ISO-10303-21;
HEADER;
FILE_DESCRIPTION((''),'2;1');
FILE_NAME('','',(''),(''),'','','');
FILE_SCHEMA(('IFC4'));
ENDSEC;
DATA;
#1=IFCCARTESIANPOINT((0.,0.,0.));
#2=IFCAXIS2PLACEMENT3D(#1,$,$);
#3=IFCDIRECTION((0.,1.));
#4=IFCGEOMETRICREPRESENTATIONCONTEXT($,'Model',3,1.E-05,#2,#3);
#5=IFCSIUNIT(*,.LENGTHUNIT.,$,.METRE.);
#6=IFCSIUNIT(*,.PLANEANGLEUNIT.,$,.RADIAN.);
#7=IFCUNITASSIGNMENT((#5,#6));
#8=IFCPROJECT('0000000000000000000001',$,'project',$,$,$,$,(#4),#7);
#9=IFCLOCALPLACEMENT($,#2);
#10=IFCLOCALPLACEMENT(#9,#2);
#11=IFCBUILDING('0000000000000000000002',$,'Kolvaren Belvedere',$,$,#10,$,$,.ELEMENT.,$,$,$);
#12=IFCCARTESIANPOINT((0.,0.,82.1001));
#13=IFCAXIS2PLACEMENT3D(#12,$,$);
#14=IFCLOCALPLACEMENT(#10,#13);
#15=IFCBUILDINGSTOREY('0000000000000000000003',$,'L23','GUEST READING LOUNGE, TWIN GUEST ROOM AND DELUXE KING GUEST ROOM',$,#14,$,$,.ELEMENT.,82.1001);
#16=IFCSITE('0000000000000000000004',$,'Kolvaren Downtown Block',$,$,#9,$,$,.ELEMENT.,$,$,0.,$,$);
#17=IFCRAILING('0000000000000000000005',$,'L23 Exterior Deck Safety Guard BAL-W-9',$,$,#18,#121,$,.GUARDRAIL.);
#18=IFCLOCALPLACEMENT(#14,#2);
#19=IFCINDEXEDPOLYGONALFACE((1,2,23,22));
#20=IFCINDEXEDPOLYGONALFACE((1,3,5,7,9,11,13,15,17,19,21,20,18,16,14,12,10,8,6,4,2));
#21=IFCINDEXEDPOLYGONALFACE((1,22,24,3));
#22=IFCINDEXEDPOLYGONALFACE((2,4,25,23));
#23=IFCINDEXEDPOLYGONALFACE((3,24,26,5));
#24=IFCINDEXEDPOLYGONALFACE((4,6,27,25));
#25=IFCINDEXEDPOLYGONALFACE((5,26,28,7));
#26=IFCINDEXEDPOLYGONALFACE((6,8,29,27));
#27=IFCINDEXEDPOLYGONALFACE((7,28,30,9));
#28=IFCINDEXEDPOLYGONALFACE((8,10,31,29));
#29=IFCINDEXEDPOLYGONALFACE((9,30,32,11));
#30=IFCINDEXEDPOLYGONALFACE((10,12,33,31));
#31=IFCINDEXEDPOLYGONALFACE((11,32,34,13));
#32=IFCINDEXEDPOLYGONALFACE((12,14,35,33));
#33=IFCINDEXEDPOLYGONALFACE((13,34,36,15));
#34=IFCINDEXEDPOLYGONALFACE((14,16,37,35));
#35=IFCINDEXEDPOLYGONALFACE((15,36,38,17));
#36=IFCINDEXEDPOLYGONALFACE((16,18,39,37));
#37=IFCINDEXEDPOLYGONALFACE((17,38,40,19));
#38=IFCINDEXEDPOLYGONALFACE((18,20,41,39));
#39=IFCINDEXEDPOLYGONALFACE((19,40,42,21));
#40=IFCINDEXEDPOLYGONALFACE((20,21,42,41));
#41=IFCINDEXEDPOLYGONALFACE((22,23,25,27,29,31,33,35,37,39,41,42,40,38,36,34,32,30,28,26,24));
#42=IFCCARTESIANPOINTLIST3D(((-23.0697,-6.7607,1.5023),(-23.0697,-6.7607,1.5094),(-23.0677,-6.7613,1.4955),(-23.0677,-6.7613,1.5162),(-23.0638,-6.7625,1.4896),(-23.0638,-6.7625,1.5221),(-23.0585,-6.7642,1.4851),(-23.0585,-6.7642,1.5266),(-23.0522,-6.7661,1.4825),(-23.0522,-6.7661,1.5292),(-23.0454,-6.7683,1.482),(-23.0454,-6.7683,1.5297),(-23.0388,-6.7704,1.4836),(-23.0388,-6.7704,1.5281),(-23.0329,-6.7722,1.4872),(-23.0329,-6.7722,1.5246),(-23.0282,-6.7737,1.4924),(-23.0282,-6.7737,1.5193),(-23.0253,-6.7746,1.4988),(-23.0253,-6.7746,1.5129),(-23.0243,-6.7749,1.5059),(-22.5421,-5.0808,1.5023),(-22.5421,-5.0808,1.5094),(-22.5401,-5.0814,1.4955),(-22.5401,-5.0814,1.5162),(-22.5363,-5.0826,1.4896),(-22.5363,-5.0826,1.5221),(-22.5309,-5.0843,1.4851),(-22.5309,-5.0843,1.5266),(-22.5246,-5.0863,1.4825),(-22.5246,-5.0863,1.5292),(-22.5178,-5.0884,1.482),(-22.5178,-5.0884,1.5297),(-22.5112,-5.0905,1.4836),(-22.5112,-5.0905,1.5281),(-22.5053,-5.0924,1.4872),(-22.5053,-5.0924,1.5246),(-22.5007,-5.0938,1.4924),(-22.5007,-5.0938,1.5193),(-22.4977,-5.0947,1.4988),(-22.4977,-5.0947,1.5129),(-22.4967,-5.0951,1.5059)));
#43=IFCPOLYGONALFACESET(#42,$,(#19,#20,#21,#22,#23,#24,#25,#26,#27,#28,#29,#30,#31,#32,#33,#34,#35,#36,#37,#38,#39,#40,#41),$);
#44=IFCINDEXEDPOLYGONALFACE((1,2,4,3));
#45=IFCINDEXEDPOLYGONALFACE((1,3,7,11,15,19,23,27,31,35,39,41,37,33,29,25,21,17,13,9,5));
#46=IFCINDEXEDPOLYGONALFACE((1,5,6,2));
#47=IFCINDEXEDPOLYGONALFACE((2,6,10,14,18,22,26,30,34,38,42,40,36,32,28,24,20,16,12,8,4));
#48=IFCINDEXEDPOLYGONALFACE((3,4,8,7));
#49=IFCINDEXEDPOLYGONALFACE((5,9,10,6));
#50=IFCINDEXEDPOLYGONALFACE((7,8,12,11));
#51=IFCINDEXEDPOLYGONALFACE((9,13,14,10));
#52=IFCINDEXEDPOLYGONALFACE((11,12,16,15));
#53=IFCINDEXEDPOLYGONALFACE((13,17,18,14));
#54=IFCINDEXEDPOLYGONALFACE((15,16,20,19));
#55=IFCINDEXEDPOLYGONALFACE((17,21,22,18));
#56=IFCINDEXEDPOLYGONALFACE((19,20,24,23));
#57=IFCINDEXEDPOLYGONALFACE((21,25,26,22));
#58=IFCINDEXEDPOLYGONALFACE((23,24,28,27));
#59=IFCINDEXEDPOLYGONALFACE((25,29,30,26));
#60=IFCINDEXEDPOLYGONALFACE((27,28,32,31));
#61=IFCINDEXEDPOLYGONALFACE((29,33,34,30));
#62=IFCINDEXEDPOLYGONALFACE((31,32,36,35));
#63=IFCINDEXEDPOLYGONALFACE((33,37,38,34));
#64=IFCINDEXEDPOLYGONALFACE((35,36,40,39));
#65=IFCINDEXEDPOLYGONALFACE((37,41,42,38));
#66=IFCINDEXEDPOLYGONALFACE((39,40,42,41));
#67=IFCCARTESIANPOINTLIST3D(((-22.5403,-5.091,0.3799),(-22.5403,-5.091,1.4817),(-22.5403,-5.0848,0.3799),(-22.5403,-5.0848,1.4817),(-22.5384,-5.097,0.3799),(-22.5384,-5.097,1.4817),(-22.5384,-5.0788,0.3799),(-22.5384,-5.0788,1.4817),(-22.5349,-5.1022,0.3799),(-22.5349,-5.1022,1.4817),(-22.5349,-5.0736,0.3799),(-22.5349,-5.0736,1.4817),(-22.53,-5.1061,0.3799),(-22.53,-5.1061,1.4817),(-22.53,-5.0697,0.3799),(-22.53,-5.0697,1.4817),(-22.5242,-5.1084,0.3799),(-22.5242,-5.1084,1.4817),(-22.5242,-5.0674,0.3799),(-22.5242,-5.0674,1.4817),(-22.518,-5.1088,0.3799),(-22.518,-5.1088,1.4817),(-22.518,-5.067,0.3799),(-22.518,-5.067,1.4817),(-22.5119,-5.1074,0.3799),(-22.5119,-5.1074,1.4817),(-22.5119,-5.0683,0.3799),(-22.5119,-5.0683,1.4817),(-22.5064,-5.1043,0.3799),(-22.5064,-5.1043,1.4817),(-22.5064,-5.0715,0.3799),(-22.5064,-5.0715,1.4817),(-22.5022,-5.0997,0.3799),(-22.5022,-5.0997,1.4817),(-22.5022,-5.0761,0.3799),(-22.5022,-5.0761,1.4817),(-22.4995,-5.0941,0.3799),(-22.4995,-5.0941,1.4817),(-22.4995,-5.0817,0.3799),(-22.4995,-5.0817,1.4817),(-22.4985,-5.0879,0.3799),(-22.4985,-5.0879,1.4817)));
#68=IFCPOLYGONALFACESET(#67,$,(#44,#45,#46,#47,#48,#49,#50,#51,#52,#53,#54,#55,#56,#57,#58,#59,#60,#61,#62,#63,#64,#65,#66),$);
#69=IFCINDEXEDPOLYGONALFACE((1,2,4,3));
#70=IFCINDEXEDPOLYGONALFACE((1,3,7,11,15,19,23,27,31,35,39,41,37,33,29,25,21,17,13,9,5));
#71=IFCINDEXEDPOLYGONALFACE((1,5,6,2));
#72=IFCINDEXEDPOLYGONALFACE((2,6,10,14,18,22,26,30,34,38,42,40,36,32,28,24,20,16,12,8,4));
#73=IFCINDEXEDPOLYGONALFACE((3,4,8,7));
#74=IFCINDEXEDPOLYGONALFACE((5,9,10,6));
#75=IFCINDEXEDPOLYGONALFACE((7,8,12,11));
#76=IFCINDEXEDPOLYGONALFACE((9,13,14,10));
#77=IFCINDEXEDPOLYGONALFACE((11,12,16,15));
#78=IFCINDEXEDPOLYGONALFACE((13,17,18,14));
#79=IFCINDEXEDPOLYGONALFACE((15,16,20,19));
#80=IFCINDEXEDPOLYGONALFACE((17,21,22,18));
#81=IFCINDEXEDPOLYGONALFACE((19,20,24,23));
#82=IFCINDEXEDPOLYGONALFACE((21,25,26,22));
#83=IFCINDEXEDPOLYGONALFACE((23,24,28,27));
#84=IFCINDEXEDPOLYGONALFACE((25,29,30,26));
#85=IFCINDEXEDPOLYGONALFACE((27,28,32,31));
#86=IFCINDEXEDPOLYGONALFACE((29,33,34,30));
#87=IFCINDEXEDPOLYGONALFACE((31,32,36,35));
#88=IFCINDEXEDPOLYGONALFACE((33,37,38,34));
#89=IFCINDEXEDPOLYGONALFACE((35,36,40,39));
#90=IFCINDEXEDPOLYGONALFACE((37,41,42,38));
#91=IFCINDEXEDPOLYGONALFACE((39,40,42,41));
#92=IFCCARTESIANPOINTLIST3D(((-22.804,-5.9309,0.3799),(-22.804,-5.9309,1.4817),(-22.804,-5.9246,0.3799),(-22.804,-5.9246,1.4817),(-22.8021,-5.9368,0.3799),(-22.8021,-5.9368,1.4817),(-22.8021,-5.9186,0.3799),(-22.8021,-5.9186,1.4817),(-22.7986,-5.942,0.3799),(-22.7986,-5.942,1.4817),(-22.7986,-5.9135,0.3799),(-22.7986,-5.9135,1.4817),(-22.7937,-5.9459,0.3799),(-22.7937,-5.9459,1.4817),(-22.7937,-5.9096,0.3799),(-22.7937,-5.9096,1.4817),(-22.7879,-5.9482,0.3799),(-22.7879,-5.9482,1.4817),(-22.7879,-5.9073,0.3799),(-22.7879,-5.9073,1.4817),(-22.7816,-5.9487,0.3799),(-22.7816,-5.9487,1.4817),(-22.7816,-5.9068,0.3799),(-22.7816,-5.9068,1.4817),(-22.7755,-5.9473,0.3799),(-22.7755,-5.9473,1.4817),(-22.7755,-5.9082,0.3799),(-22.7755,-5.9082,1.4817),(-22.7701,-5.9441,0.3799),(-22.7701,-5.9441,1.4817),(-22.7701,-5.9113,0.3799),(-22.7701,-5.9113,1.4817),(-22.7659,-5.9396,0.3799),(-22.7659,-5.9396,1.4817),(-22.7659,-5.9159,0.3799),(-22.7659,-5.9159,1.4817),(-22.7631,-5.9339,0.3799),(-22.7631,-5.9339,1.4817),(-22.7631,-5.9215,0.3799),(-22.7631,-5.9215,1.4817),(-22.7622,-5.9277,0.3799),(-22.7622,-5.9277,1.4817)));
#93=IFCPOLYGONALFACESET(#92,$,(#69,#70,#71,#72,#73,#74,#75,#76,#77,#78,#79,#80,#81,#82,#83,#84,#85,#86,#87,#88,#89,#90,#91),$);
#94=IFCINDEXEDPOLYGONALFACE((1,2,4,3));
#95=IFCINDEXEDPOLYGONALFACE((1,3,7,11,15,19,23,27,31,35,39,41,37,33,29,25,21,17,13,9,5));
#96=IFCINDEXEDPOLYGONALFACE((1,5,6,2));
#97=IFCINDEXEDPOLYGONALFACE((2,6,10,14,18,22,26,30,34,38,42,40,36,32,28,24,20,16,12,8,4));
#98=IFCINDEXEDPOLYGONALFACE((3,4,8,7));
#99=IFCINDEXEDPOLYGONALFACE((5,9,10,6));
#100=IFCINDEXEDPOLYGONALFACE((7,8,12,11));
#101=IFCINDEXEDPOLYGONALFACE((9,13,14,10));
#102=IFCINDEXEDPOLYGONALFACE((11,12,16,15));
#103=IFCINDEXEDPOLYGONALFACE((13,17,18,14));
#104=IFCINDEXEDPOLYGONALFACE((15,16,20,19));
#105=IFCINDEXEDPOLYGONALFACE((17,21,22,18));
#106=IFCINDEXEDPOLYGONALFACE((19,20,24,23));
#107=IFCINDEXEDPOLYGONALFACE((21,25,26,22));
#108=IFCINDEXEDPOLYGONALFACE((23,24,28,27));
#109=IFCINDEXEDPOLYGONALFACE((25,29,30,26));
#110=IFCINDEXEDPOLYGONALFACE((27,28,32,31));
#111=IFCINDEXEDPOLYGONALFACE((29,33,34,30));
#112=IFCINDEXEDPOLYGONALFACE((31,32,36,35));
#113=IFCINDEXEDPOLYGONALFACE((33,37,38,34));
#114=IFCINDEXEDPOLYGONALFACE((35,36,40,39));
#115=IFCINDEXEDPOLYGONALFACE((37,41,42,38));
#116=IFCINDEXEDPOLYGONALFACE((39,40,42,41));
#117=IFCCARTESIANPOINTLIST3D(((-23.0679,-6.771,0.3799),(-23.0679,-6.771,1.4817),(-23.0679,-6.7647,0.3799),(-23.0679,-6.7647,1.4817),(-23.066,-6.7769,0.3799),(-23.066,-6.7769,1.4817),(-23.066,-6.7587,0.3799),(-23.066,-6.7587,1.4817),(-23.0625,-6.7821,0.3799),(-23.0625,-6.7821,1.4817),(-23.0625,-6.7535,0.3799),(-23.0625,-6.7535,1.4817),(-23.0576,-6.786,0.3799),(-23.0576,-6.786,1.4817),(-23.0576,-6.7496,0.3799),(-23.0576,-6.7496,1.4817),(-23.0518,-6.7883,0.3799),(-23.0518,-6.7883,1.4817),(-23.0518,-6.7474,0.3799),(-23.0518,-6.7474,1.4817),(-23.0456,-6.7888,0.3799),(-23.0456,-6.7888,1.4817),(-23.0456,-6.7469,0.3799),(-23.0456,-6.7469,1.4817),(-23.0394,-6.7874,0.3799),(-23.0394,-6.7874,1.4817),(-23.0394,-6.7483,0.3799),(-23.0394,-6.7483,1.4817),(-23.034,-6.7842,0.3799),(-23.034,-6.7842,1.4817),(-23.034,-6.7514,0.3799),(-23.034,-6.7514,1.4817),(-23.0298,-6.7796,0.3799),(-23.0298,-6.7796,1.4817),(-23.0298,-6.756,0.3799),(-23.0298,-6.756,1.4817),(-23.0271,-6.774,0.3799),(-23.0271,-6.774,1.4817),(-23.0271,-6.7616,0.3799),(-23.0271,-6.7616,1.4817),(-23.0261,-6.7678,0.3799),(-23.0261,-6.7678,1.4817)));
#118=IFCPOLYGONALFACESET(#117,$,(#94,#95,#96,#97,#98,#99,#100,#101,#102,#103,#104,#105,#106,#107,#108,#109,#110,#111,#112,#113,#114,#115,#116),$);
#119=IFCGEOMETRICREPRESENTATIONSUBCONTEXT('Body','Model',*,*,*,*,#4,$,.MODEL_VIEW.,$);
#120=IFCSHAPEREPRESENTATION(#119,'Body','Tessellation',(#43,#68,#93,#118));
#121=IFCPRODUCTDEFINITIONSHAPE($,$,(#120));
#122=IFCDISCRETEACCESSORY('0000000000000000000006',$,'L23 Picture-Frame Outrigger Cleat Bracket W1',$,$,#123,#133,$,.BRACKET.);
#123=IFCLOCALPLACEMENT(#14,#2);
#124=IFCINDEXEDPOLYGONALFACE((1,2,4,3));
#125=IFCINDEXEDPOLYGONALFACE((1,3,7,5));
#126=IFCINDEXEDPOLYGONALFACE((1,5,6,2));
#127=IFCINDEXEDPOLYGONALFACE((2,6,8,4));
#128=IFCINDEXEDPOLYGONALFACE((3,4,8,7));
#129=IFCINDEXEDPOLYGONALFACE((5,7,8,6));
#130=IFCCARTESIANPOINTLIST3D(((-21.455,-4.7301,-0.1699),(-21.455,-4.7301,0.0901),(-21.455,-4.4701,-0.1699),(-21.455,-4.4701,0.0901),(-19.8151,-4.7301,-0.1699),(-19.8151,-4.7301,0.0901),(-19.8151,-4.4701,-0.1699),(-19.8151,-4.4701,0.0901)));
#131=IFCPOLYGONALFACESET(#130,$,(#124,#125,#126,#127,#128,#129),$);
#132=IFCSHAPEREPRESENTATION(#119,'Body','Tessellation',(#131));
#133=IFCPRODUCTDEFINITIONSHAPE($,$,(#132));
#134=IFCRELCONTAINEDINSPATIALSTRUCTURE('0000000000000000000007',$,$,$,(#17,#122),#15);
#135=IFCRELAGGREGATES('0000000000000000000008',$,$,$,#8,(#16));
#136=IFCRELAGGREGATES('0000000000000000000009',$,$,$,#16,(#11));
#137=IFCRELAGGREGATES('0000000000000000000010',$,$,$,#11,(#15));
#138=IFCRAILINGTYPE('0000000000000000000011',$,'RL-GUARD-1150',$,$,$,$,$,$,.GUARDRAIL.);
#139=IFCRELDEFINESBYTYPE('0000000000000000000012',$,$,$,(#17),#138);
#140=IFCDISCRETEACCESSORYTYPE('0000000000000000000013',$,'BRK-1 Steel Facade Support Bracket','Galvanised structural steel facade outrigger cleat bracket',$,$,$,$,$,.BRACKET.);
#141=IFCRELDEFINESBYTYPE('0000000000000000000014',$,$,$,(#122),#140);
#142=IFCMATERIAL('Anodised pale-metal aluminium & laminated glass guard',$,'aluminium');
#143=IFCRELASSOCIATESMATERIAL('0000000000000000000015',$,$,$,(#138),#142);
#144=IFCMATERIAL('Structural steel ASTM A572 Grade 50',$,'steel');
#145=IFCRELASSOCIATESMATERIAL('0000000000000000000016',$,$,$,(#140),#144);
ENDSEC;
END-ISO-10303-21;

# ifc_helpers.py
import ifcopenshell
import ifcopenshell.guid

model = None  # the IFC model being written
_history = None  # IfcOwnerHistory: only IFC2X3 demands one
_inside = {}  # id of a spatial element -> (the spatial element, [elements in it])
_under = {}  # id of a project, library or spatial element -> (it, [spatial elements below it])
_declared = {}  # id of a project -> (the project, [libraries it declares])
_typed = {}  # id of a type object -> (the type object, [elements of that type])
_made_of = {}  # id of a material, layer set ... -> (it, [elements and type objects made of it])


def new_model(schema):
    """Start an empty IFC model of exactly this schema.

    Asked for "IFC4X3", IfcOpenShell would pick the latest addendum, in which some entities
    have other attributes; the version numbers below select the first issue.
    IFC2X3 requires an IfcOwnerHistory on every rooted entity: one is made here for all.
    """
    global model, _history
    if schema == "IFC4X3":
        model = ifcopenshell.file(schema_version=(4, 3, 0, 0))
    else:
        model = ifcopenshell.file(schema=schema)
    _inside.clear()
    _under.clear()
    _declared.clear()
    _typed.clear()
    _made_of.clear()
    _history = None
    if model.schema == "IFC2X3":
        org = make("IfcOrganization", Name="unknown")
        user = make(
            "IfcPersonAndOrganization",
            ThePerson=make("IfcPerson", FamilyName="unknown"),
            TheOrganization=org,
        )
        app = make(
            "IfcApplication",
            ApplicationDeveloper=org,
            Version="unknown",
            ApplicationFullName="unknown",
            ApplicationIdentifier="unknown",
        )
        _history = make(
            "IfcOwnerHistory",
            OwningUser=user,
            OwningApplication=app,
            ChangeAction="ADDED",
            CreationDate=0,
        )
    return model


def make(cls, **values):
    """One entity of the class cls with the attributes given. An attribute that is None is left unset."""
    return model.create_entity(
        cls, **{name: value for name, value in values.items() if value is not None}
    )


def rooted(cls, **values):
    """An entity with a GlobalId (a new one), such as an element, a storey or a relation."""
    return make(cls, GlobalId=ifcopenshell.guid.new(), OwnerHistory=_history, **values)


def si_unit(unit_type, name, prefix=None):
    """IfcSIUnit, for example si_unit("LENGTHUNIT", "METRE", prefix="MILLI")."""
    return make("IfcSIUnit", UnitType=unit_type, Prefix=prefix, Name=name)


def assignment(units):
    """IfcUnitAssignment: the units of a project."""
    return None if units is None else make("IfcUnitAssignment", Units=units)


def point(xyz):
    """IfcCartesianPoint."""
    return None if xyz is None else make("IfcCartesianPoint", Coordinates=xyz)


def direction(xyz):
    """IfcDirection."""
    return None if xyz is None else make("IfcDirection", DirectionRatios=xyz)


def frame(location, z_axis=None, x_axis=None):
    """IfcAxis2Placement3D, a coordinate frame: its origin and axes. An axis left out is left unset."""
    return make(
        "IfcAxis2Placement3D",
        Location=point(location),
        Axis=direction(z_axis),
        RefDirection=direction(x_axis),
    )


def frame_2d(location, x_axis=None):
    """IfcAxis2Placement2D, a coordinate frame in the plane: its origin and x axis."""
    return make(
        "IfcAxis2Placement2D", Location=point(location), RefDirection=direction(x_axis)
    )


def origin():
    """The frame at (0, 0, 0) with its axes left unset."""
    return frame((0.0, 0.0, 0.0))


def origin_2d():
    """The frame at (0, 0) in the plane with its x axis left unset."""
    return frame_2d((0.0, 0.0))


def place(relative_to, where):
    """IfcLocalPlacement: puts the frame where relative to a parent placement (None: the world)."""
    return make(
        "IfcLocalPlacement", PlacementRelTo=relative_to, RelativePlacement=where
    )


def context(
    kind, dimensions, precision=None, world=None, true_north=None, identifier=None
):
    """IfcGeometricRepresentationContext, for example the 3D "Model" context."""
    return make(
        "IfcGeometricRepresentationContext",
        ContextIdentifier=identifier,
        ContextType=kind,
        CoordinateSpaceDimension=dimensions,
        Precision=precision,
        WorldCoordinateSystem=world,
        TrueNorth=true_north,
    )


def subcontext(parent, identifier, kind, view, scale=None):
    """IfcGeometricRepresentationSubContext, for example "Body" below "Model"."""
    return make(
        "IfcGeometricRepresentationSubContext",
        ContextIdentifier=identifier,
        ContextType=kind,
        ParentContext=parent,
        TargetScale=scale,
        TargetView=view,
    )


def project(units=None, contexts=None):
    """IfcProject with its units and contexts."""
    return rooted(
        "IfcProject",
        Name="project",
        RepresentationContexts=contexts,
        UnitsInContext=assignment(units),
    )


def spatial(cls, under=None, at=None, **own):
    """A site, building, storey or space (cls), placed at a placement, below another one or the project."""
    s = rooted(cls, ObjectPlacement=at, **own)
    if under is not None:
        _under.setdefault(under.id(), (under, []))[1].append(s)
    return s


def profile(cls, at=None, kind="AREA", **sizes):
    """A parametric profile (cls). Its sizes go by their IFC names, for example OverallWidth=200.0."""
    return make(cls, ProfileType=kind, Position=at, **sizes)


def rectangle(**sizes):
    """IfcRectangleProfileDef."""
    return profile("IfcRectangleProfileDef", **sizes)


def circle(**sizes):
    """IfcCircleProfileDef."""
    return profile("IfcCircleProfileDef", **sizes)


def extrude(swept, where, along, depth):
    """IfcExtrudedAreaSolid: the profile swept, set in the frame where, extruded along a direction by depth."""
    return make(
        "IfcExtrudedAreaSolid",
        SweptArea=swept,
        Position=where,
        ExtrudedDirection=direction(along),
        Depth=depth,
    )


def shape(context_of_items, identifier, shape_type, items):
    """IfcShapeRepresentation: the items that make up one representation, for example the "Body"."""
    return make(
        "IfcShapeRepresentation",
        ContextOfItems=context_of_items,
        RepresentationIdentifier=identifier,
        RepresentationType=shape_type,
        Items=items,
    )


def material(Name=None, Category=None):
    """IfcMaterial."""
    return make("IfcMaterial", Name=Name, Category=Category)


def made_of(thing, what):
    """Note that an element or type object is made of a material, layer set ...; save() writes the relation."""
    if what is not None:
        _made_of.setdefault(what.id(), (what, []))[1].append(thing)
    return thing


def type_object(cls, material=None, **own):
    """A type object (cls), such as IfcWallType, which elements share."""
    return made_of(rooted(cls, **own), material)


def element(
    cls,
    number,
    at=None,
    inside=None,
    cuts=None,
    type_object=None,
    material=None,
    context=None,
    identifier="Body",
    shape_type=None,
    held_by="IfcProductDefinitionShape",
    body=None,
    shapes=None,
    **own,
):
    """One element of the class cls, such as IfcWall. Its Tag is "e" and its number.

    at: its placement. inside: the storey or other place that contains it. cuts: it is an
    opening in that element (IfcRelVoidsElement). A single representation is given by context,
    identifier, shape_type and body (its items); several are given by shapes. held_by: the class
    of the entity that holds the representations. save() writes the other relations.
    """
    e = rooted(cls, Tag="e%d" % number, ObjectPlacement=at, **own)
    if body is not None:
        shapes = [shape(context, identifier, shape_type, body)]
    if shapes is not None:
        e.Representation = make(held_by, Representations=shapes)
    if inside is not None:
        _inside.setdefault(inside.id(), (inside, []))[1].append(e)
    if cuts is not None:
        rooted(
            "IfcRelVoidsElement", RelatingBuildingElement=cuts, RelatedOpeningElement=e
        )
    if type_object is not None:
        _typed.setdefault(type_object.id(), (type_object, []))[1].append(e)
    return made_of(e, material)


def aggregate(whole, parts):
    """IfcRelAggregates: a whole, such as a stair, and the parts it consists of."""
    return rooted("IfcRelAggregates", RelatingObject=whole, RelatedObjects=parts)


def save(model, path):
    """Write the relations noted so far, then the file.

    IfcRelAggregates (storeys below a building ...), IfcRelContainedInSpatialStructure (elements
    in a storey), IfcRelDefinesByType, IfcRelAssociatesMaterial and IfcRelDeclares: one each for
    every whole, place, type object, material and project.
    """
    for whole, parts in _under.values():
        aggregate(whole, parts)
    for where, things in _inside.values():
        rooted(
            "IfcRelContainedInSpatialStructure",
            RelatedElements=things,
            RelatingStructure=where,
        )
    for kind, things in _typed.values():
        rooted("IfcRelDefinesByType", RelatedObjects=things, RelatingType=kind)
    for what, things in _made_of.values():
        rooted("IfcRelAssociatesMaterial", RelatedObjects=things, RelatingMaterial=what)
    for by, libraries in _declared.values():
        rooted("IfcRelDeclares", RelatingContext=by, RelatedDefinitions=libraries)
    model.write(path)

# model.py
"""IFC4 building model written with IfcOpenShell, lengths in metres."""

from ifc_helpers import new_model, si_unit, direction, frame, origin, origin_2d, place, context, subcontext, project, spatial, rectangle, circle, extrude, material, type_object, element, save


model = new_model("IFC4")

# Units and contexts
model_context = context("Model", 3, precision=1e-05, world=origin(), true_north=direction((0.0, 1.0)))
body_context = subcontext(model_context, "Body", "Model", "MODEL_VIEW")
ifc_project = project(units=[si_unit("LENGTHUNIT", "METRE"), si_unit("PLANEANGLEUNIT", "RADIAN")], contexts=[model_context])

# Site, building, storey
site_placement = place(None, origin())
site = spatial("IfcSite", under=ifc_project, at=site_placement, Name="Kolvaren Downtown Block", CompositionType="ELEMENT", RefElevation=0.0)
building_placement = place(site_placement, origin())
building = spatial("IfcBuilding", under=site, at=building_placement, Name="Kolvaren Belvedere", CompositionType="ELEMENT")
storey_placement = place(building_placement, frame((0.0, 0.0, 82.1001)))
storey = spatial("IfcBuildingStorey", under=building, at=storey_placement, Name="L23", Description="GUEST READING LOUNGE, TWIN GUEST ROOM AND DELUXE KING GUEST ROOM", CompositionType="ELEMENT", Elevation=82.1001)

# Railing
ifc_material_1 = material(Name="Anodised pale-metal aluminium & laminated glass guard", Category="aluminium")
railing_type = type_object("IfcRailingType", Name="RL-GUARD-1150", PredefinedType="GUARDRAIL", material=ifc_material_1)
railing_1_placement = place(storey_placement, frame((-22.5195, -5.0879, 0.3799)))
element("IfcRailing", 1, at=railing_1_placement, inside=storey, type_object=railing_type, Name="L23 Exterior Deck Safety Guard BAL-W-9", PredefinedType="GUARDRAIL", context=body_context, shape_type="SweptSolid", body=[
    extrude(circle(Radius=0.0239, at=origin_2d()), frame((0.0, 0.0, 1.126), z_axis=(-0.299625, -0.954057, 0.0), x_axis=(0.954057, -0.299625, 0.0)), (0.0, 0.0, 1.0), 1.7607),
    extrude(circle(Radius=0.021, at=origin_2d()), origin(), (0.0, 0.0, 1.0), 1.1018),
    extrude(circle(Radius=0.021, at=origin_2d()), frame((-0.2637, -0.8398, 0.0)), (0.0, 0.0, 1.0), 1.1018),
    extrude(circle(Radius=0.021, at=origin_2d()), frame((-0.5276, -1.6799, 0.0)), (0.0, 0.0, 1.0), 1.1018),
])

# Discrete accessory
ifc_material_2 = material(Name="Structural steel ASTM A572 Grade 50", Category="steel")
discrete_accessory_type = type_object("IfcDiscreteAccessoryType", Name="BRK-1 Steel Facade Support Bracket", Description="Galvanised structural steel facade outrigger cleat bracket", PredefinedType="BRACKET", material=ifc_material_2)
discrete_accessory_placement = place(storey_placement, frame((-20.635, -4.6001, -0.1699), z_axis=(0.0, 0.0, 1.0), x_axis=(1.0, 0.0, 0.0)))
element("IfcDiscreteAccessory", 2, at=discrete_accessory_placement, inside=storey, type_object=discrete_accessory_type, Name="L23 Picture-Frame Outrigger Cleat Bracket W1", PredefinedType="BRACKET", context=body_context, shape_type="SweptSolid", body=[
    extrude(rectangle(XDim=1.6399, YDim=0.26, at=origin_2d()), origin(), (0.0, 0.0, 1.0), 0.26),
])

save(model, "model.ifc")
